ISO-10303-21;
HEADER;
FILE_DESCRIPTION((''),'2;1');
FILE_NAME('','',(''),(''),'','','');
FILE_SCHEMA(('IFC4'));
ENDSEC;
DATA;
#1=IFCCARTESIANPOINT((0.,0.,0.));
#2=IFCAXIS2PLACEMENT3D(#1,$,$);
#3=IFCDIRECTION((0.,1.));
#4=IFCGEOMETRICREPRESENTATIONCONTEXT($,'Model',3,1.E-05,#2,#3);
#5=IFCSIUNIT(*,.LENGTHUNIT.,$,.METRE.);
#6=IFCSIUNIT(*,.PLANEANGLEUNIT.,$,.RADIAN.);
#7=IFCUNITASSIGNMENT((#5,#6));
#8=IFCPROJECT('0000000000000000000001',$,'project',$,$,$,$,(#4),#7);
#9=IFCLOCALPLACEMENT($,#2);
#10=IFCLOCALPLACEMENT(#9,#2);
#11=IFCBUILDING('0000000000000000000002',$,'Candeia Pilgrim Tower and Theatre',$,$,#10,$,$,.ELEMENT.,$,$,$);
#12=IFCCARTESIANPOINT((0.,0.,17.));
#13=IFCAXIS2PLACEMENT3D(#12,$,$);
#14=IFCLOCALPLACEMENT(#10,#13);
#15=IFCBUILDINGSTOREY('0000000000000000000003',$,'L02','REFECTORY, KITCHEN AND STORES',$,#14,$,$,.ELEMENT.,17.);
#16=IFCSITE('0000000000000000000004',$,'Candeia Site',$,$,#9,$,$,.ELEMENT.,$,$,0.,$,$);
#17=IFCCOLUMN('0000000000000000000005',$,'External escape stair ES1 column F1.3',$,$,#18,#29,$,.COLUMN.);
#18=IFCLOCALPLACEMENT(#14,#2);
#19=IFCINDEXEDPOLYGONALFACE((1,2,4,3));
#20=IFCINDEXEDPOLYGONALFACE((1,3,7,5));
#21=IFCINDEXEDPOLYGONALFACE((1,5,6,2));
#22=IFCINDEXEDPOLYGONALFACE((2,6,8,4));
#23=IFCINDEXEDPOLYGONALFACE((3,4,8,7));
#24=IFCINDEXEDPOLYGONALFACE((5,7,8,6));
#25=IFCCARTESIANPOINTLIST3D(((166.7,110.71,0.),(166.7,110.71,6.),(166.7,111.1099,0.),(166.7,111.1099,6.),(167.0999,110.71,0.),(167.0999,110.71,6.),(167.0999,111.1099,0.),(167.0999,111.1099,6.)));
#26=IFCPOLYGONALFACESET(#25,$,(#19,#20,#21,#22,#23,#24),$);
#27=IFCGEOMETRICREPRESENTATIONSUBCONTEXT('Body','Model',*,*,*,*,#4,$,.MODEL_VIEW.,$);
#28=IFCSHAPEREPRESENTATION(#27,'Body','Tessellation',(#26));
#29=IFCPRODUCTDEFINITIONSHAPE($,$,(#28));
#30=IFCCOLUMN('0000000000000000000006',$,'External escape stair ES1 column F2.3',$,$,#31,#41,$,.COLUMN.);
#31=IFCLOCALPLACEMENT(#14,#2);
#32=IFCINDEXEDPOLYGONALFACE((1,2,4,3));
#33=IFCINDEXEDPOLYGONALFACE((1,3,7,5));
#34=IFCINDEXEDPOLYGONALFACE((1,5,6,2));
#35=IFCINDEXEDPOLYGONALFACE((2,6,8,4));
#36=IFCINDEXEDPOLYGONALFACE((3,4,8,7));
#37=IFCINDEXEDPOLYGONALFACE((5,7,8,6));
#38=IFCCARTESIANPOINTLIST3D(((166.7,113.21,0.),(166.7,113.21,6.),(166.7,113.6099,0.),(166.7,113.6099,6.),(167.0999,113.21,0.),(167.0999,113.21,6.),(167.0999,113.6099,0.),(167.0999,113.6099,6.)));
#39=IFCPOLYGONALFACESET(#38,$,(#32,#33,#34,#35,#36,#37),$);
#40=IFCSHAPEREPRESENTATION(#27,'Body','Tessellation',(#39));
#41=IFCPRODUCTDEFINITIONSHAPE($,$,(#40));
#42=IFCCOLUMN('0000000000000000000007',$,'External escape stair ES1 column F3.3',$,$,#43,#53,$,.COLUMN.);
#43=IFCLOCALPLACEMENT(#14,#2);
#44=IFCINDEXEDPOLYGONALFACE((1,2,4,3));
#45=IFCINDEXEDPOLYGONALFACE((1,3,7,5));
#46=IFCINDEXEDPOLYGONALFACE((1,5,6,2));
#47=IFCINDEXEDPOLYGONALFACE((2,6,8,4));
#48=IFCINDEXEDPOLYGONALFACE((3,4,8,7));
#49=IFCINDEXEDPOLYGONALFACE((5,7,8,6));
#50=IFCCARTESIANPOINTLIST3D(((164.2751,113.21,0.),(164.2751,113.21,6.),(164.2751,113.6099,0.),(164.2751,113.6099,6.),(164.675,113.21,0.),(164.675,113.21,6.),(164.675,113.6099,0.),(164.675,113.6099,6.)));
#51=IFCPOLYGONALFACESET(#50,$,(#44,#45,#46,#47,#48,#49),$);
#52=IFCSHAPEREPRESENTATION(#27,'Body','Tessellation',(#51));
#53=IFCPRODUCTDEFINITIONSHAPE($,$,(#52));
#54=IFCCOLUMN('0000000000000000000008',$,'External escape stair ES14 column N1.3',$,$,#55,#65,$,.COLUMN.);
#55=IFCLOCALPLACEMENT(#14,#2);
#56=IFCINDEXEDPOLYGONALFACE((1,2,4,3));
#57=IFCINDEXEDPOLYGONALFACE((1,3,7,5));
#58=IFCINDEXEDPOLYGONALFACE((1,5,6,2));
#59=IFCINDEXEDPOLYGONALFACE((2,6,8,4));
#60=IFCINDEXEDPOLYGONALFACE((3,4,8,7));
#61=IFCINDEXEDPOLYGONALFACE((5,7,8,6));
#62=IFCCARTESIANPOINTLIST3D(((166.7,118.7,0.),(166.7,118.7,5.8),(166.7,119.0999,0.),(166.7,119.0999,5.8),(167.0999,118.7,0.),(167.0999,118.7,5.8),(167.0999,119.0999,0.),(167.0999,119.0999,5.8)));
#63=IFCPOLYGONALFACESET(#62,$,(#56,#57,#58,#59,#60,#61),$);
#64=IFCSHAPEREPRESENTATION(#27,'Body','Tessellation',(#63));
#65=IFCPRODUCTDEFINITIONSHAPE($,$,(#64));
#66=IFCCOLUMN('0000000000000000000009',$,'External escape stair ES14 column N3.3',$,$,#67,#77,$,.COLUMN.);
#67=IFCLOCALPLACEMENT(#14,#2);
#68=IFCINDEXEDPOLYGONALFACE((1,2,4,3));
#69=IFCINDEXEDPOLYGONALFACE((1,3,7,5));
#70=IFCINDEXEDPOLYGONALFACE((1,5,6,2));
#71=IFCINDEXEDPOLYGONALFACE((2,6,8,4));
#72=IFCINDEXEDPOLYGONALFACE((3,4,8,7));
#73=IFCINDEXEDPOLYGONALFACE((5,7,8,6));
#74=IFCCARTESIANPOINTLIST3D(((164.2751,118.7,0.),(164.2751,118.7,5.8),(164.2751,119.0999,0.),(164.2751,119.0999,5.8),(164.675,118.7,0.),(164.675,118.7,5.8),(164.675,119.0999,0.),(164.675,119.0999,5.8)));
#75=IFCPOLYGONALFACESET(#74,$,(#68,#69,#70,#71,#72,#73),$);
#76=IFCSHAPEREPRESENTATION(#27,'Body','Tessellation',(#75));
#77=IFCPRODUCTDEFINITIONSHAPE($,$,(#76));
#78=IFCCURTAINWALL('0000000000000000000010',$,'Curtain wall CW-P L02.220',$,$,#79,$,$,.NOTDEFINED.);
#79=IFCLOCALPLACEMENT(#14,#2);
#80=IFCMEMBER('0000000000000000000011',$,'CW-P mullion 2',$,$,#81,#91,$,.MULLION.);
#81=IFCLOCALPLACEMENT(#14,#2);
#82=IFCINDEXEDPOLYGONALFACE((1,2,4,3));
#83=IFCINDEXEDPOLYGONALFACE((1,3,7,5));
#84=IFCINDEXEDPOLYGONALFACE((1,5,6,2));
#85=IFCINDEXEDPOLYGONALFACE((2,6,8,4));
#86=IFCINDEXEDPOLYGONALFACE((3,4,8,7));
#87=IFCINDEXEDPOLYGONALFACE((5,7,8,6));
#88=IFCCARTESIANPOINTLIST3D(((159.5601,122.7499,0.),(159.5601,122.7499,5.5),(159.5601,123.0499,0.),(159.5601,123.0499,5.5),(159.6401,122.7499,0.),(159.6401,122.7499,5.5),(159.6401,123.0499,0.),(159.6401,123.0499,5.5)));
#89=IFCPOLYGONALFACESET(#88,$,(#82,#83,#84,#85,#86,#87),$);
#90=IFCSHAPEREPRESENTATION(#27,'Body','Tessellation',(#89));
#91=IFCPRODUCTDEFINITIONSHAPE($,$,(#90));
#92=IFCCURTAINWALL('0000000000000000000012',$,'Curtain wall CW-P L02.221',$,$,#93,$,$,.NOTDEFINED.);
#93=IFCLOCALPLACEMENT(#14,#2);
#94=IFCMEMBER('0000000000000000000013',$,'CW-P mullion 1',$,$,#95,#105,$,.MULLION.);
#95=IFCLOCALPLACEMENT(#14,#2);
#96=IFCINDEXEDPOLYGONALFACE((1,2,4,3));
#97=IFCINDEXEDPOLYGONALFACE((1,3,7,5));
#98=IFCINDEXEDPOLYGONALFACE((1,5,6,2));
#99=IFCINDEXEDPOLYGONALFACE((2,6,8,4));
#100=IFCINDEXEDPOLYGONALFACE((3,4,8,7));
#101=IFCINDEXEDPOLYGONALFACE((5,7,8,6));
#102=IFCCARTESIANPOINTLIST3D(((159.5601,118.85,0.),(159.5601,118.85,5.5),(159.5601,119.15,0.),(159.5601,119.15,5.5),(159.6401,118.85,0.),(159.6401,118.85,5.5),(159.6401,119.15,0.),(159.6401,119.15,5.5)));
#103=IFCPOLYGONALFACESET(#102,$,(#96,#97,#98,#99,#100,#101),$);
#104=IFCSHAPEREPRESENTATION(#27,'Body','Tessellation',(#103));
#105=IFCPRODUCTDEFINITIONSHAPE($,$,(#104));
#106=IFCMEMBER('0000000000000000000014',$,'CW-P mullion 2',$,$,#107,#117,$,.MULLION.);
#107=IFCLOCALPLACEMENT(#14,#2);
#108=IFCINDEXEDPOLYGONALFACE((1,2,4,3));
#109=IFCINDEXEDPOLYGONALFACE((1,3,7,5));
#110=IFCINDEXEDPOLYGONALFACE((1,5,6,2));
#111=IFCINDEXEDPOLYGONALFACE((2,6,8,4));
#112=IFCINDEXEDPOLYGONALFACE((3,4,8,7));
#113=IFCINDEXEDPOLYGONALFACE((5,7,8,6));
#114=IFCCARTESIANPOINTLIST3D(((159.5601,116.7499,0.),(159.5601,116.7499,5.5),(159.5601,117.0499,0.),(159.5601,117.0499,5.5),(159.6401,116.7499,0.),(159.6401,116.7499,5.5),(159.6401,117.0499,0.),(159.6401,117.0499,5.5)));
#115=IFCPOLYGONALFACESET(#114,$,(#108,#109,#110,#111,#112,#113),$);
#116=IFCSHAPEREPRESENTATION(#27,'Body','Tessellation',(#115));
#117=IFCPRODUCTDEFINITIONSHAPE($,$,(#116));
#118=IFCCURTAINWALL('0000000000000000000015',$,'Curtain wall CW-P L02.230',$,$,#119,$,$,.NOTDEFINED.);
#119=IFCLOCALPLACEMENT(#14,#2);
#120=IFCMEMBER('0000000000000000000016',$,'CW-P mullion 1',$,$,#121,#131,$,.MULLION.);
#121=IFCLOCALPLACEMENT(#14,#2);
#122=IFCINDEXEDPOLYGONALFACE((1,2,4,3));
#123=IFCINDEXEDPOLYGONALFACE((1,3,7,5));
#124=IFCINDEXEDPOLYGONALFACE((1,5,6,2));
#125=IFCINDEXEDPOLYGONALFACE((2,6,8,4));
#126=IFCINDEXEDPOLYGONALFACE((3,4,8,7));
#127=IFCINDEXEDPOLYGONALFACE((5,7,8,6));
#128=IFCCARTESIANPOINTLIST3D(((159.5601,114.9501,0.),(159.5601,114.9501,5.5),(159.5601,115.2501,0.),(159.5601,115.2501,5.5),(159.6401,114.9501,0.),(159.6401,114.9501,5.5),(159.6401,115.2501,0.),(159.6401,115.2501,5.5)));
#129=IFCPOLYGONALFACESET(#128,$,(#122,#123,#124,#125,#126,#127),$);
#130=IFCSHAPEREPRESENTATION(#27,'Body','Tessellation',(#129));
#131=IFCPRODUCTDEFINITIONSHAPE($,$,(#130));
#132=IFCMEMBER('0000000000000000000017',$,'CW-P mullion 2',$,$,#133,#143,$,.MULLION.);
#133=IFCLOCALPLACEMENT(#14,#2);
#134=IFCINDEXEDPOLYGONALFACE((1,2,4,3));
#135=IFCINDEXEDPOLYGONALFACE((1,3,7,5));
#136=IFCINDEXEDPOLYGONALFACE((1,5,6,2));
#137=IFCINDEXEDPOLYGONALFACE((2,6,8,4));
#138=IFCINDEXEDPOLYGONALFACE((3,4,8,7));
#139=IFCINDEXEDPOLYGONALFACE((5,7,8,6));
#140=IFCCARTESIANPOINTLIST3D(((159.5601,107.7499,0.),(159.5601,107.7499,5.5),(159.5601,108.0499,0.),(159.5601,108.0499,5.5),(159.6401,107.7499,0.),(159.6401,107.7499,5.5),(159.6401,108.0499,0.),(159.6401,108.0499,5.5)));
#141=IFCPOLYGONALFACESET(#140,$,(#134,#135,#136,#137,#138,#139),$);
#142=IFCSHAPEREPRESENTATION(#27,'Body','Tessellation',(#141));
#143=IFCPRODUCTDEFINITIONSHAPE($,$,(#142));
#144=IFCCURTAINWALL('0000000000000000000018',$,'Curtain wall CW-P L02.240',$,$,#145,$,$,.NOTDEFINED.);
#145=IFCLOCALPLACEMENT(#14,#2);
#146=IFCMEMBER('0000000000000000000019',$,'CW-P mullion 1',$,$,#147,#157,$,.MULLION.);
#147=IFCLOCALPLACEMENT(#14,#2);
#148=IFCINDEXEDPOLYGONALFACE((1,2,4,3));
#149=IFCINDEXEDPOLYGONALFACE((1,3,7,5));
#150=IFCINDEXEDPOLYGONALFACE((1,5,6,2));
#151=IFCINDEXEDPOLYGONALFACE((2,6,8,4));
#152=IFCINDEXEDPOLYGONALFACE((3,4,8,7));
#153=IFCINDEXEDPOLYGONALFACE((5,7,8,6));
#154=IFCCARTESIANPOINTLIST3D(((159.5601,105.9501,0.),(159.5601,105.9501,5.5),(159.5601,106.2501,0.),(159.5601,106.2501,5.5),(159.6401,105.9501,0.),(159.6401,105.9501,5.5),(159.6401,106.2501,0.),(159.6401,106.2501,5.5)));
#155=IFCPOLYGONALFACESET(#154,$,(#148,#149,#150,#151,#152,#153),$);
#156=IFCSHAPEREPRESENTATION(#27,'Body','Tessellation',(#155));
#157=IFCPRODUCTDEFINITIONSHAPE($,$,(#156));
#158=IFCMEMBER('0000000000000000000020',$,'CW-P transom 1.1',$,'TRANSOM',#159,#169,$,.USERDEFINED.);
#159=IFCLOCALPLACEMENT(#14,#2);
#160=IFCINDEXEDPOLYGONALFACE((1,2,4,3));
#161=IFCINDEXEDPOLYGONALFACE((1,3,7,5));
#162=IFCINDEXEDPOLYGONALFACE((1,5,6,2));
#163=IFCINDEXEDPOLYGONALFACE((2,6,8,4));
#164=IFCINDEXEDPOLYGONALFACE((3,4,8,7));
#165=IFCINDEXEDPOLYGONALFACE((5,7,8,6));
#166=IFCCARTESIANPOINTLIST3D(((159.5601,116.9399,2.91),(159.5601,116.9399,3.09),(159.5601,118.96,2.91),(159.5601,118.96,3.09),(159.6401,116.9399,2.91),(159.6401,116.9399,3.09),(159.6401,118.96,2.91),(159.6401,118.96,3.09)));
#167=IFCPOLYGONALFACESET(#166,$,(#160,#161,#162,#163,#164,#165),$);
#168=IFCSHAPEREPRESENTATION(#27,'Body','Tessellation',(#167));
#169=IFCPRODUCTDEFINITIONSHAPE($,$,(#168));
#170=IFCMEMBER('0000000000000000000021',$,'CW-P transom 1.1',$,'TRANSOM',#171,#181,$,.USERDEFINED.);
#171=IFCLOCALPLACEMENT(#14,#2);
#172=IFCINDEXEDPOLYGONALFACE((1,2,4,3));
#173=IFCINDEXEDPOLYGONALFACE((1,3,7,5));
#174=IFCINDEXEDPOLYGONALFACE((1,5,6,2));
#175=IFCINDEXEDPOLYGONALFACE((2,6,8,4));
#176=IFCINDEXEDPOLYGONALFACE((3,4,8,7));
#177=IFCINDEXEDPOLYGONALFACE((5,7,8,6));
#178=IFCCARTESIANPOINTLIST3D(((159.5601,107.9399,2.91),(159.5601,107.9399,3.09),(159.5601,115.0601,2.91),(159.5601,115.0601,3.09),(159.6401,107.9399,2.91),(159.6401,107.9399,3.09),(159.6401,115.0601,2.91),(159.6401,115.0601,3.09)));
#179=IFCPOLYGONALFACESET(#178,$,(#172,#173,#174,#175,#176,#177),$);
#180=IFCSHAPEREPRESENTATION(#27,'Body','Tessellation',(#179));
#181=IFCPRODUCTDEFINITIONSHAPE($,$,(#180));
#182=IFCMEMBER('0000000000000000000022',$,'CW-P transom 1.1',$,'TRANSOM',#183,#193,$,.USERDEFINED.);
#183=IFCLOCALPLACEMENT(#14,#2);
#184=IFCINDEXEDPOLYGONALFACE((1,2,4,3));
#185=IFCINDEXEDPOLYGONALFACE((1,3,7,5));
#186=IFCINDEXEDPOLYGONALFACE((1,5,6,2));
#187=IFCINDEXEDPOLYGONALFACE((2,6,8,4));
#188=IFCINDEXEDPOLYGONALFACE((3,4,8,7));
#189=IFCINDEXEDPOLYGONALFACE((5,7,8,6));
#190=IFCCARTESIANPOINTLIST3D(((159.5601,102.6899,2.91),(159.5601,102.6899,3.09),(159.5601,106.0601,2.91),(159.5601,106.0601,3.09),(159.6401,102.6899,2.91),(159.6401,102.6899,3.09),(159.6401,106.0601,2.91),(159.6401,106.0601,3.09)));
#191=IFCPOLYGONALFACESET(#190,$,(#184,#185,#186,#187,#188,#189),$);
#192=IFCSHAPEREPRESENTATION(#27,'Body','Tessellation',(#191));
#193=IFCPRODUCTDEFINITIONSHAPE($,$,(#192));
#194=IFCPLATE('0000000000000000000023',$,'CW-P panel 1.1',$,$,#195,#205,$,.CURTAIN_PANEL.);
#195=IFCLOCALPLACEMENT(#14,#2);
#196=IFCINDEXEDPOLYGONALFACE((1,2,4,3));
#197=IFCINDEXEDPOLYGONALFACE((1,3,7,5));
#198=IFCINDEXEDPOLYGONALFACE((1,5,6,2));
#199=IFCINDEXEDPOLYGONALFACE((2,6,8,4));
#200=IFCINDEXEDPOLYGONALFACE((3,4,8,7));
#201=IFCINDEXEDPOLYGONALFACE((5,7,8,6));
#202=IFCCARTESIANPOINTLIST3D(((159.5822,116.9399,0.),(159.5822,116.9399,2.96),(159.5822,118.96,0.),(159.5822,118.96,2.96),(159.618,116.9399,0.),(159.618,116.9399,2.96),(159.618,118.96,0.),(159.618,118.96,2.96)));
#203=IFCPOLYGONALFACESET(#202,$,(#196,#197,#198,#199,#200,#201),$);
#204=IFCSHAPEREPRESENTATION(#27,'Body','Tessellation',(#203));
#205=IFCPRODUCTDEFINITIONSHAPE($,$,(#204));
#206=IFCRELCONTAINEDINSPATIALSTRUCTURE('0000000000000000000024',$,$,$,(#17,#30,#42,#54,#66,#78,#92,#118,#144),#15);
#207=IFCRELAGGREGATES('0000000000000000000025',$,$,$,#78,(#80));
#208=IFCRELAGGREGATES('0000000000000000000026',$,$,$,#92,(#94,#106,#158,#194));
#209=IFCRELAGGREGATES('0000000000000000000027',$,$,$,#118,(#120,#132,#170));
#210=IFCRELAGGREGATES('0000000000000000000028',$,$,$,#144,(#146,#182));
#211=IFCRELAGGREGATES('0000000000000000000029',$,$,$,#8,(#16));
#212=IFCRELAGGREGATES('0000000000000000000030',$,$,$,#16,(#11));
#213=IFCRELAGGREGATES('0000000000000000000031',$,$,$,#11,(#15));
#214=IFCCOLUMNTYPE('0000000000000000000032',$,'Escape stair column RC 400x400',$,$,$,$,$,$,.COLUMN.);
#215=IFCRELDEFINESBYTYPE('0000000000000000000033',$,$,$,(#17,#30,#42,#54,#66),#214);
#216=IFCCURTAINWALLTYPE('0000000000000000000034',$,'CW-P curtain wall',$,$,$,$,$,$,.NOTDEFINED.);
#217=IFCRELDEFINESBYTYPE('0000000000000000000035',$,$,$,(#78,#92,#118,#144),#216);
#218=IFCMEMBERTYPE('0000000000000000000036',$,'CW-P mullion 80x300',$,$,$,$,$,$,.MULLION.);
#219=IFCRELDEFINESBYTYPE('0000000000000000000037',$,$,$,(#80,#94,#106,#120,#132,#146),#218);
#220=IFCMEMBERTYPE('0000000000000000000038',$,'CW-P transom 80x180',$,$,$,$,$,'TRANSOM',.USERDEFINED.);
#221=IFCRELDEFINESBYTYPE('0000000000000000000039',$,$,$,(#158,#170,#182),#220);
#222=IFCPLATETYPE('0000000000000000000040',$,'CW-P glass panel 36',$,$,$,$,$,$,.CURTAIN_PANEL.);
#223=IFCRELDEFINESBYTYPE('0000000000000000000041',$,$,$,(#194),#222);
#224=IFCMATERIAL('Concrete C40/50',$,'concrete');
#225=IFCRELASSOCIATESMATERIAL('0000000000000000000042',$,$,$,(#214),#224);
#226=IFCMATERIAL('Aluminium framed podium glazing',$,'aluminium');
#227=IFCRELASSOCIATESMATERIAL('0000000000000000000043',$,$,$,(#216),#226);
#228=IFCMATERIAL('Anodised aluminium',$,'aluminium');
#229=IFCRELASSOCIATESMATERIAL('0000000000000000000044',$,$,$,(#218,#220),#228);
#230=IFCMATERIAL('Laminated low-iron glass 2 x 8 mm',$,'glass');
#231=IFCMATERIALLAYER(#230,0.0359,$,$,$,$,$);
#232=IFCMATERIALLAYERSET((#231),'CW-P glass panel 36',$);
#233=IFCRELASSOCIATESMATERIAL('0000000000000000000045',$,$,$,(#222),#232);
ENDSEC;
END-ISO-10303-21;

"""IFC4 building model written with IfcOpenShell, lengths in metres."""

from ifc_helpers import new_model, si_unit, direction, frame, origin, origin_2d, place, context, subcontext, project, spatial, rectangle, extrude, material, layer, layer_set, material_profile, profile_set, type_object, element, aggregate, save


model = new_model("IFC4")

# Units and contexts
model_context = context("Model", 3, precision=1e-05, world=origin(), true_north=direction((0.0, 1.0)))
body_context = subcontext(model_context, "Body", "Model", "MODEL_VIEW")
ifc_project = project(units=[si_unit("LENGTHUNIT", "METRE"), si_unit("PLANEANGLEUNIT", "RADIAN")], contexts=[model_context])

# Site, building, storey
site_placement = place(None, origin())
site = spatial("IfcSite", under=ifc_project, at=site_placement, Name="Candeia Site", CompositionType="ELEMENT", RefElevation=0.0)
building_placement = place(site_placement, origin())
building = spatial("IfcBuilding", under=site, at=building_placement, Name="Candeia Pilgrim Tower and Theatre", CompositionType="ELEMENT")
storey_placement = place(building_placement, frame((0.0, 0.0, 17.0)))
storey = spatial("IfcBuildingStorey", under=building, at=storey_placement, Name="L02", Description="REFECTORY, KITCHEN AND STORES", CompositionType="ELEMENT", Elevation=17.0)

# Columns
ifc_material_1 = material(Name="Concrete C40/50", Category="concrete")
ifc_material_profile_1 = material_profile(ifc_material_1, rectangle(XDim=0.3999, YDim=0.3999, at=origin_2d()))
ifc_profile_set_1 = profile_set([ifc_material_profile_1], Name="Concrete C40/50")
column_type = type_object("IfcColumnType", Name="Escape stair column RC 400x400", PredefinedType="COLUMN", material=ifc_profile_set_1)
for number, where, z_axis, x_axis, name in (
    (1, (166.8999, 110.9099, 0.0), (0.0, 0.0, 1.0), (1.0, 0.0, 0.0), "External escape stair ES1 column F1.3"),
    (2, (166.8999, 113.4099, 0.0), (0.0, 0.0, 1.0), (1.0, 0.0, 0.0), "External escape stair ES1 column F2.3"),
    (3, (164.4751, 113.4099, 0.0), (0.0, 0.0, 1.0), (1.0, 0.0, 0.0), "External escape stair ES1 column F3.3"),
):
    element("IfcColumn", number, at=place(storey_placement, frame(where, z_axis=z_axis, x_axis=x_axis)), inside=storey, type_object=column_type, Name=name, PredefinedType="COLUMN", context=body_context, shape_type="SweptSolid", body=[
        extrude(rectangle(XDim=0.3999, YDim=0.3999, at=origin_2d()), origin(), (0.0, 0.0, 1.0), 6.0),
    ])
for number, where, z_axis, x_axis, name in (
    (4, (166.8999, 118.8999, 0.0), (0.0, 0.0, 1.0), (1.0, 0.0, 0.0), "External escape stair ES14 column N1.3"),
    (5, (164.4751, 118.8999, 0.0), (0.0, 0.0, 1.0), (1.0, 0.0, 0.0), "External escape stair ES14 column N3.3"),
):
    element("IfcColumn", number, at=place(storey_placement, frame(where, z_axis=z_axis, x_axis=x_axis)), inside=storey, type_object=column_type, Name=name, PredefinedType="COLUMN", context=body_context, shape_type="SweptSolid", body=[
        extrude(rectangle(XDim=0.3999, YDim=0.3999, at=origin_2d()), origin(), (0.0, 0.0, 1.0), 5.8),
    ])

# Curtain wall, member
ifc_material_2 = material(Name="Aluminium framed podium glazing", Category="aluminium")
curtain_wall_type = type_object("IfcCurtainWallType", Name="CW-P curtain wall", PredefinedType="NOTDEFINED", material=ifc_material_2)
curtain_wall_1_placement = place(storey_placement, origin())
curtain_wall_1 = element("IfcCurtainWall", 6, at=curtain_wall_1_placement, inside=storey, type_object=curtain_wall_type, Name="Curtain wall CW-P L02.220", PredefinedType="NOTDEFINED")
ifc_material_3 = material(Name="Anodised aluminium", Category="aluminium")
ifc_material_profile_2 = material_profile(ifc_material_3, rectangle(XDim=0.0801, YDim=0.3, at=origin_2d()))
ifc_profile_set_2 = profile_set([ifc_material_profile_2], Name="Anodised aluminium")
member_type_1 = type_object("IfcMemberType", Name="CW-P mullion 80x300", PredefinedType="MULLION", material=ifc_profile_set_2)
member_1_placement = place(storey_placement, frame((159.6001, 122.8999, 0.0), z_axis=(0.0, 0.0, 1.0), x_axis=(1.0, 0.0, 0.0)))
member_1 = element("IfcMember", 7, at=member_1_placement, type_object=member_type_1, Name="CW-P mullion 2", PredefinedType="MULLION", context=body_context, shape_type="SweptSolid", body=[
    extrude(rectangle(XDim=0.0801, YDim=0.3, at=origin_2d()), origin(), (0.0, 0.0, 1.0), 5.5),
])
aggregate(curtain_wall_1, [member_1])

# Curtain walls, members
curtain_wall_2_placement = place(storey_placement, origin())
curtain_wall_2 = element("IfcCurtainWall", 8, at=curtain_wall_2_placement, inside=storey, type_object=curtain_wall_type, Name="Curtain wall CW-P L02.221", PredefinedType="NOTDEFINED")
member_2_placement = place(storey_placement, frame((159.6001, 119.0, 0.0), z_axis=(0.0, 0.0, 1.0), x_axis=(1.0, 0.0, 0.0)))
member_2 = element("IfcMember", 9, at=member_2_placement, type_object=member_type_1, Name="CW-P mullion 1", PredefinedType="MULLION", context=body_context, shape_type="SweptSolid", body=[
    extrude(rectangle(XDim=0.0801, YDim=0.3, at=origin_2d()), origin(), (0.0, 0.0, 1.0), 5.5),
])
member_3_placement = place(storey_placement, frame((159.6001, 116.8999, 0.0), z_axis=(0.0, 0.0, 1.0), x_axis=(1.0, 0.0, 0.0)))
member_3 = element("IfcMember", 10, at=member_3_placement, type_object=member_type_1, Name="CW-P mullion 2", PredefinedType="MULLION", context=body_context, shape_type="SweptSolid", body=[
    extrude(rectangle(XDim=0.0801, YDim=0.3, at=origin_2d()), origin(), (0.0, 0.0, 1.0), 5.5),
])
curtain_wall_3_placement = place(storey_placement, origin())
curtain_wall_3 = element("IfcCurtainWall", 11, at=curtain_wall_3_placement, inside=storey, type_object=curtain_wall_type, Name="Curtain wall CW-P L02.230", PredefinedType="NOTDEFINED")
member_4_placement = place(storey_placement, frame((159.6001, 115.1001, 0.0), z_axis=(0.0, 0.0, 1.0), x_axis=(1.0, 0.0, 0.0)))
member_4 = element("IfcMember", 12, at=member_4_placement, type_object=member_type_1, Name="CW-P mullion 1", PredefinedType="MULLION", context=body_context, shape_type="SweptSolid", body=[
    extrude(rectangle(XDim=0.0801, YDim=0.3, at=origin_2d()), origin(), (0.0, 0.0, 1.0), 5.5),
])
member_5_placement = place(storey_placement, frame((159.6001, 107.8999, 0.0), z_axis=(0.0, 0.0, 1.0), x_axis=(1.0, 0.0, 0.0)))
member_5 = element("IfcMember", 13, at=member_5_placement, type_object=member_type_1, Name="CW-P mullion 2", PredefinedType="MULLION", context=body_context, shape_type="SweptSolid", body=[
    extrude(rectangle(XDim=0.0801, YDim=0.3, at=origin_2d()), origin(), (0.0, 0.0, 1.0), 5.5),
])

# Curtain wall, member
curtain_wall_4_placement = place(storey_placement, origin())
curtain_wall_4 = element("IfcCurtainWall", 14, at=curtain_wall_4_placement, inside=storey, type_object=curtain_wall_type, Name="Curtain wall CW-P L02.240", PredefinedType="NOTDEFINED")
member_6_placement = place(storey_placement, frame((159.6001, 106.1001, 0.0), z_axis=(0.0, 0.0, 1.0), x_axis=(1.0, 0.0, 0.0)))
member_6 = element("IfcMember", 15, at=member_6_placement, type_object=member_type_1, Name="CW-P mullion 1", PredefinedType="MULLION", context=body_context, shape_type="SweptSolid", body=[
    extrude(rectangle(XDim=0.0801, YDim=0.3, at=origin_2d()), origin(), (0.0, 0.0, 1.0), 5.5),
])

# Members
ifc_material_profile_3 = material_profile(ifc_material_3, rectangle(XDim=0.0801, YDim=0.1799, at=origin_2d()))
ifc_profile_set_3 = profile_set([ifc_material_profile_3], Name="Anodised aluminium")
member_type_2 = type_object("IfcMemberType", Name="CW-P transom 80x180", ElementType="TRANSOM", PredefinedType="USERDEFINED", material=ifc_profile_set_3)
member_7_placement = place(storey_placement, frame((159.6001, 118.96, 3.0), z_axis=(0.0, -1.0, 0.0), x_axis=(1.0, 0.0, 0.0)))
member_7 = element("IfcMember", 16, at=member_7_placement, type_object=member_type_2, Name="CW-P transom 1.1", ObjectType="TRANSOM", PredefinedType="USERDEFINED", context=body_context, shape_type="SweptSolid", body=[
    extrude(rectangle(XDim=0.0801, YDim=0.1799, at=origin_2d()), origin(), (0.0, 0.0, 1.0), 2.02),
])
member_8_placement = place(storey_placement, frame((159.6001, 115.0601, 3.0), z_axis=(0.0, -1.0, 0.0), x_axis=(1.0, 0.0, 0.0)))
member_8 = element("IfcMember", 17, at=member_8_placement, type_object=member_type_2, Name="CW-P transom 1.1", ObjectType="TRANSOM", PredefinedType="USERDEFINED", context=body_context, shape_type="SweptSolid", body=[
    extrude(rectangle(XDim=0.0801, YDim=0.1799, at=origin_2d()), origin(), (0.0, 0.0, 1.0), 7.1201),
])
member_9_placement = place(storey_placement, frame((159.6001, 106.0601, 3.0), z_axis=(0.0, -1.0, 0.0), x_axis=(1.0, 0.0, 0.0)))
member_9 = element("IfcMember", 18, at=member_9_placement, type_object=member_type_2, Name="CW-P transom 1.1", ObjectType="TRANSOM", PredefinedType="USERDEFINED", context=body_context, shape_type="SweptSolid", body=[
    extrude(rectangle(XDim=0.0801, YDim=0.1799, at=origin_2d()), origin(), (0.0, 0.0, 1.0), 3.3701),
])

# Plate
ifc_material_4 = material(Name="Laminated low-iron glass 2 x 8 mm", Category="glass")
ifc_layer_1 = layer(ifc_material_4, 0.0359)
ifc_layer_set_1 = layer_set([ifc_layer_1], Name="CW-P glass panel 36")
plate_type = type_object("IfcPlateType", Name="CW-P glass panel 36", PredefinedType="CURTAIN_PANEL", material=ifc_layer_set_1)
plate_1_placement = place(storey_placement, frame((159.6001, 117.95, 0.0), z_axis=(0.0, 0.0, 1.0), x_axis=(0.0, -1.0, 0.0)))
plate_1 = element("IfcPlate", 19, at=plate_1_placement, type_object=plate_type, Name="CW-P panel 1.1", PredefinedType="CURTAIN_PANEL", context=body_context, shape_type="SweptSolid", body=[
    extrude(rectangle(XDim=2.02, YDim=0.0359, at=origin_2d()), origin(), (0.0, 0.0, 1.0), 2.96),
])
aggregate(curtain_wall_2, [member_2, member_3, member_7, plate_1])
aggregate(curtain_wall_3, [member_4, member_5, member_8])
aggregate(curtain_wall_4, [member_6, member_9])

save(model, "model.ifc")
